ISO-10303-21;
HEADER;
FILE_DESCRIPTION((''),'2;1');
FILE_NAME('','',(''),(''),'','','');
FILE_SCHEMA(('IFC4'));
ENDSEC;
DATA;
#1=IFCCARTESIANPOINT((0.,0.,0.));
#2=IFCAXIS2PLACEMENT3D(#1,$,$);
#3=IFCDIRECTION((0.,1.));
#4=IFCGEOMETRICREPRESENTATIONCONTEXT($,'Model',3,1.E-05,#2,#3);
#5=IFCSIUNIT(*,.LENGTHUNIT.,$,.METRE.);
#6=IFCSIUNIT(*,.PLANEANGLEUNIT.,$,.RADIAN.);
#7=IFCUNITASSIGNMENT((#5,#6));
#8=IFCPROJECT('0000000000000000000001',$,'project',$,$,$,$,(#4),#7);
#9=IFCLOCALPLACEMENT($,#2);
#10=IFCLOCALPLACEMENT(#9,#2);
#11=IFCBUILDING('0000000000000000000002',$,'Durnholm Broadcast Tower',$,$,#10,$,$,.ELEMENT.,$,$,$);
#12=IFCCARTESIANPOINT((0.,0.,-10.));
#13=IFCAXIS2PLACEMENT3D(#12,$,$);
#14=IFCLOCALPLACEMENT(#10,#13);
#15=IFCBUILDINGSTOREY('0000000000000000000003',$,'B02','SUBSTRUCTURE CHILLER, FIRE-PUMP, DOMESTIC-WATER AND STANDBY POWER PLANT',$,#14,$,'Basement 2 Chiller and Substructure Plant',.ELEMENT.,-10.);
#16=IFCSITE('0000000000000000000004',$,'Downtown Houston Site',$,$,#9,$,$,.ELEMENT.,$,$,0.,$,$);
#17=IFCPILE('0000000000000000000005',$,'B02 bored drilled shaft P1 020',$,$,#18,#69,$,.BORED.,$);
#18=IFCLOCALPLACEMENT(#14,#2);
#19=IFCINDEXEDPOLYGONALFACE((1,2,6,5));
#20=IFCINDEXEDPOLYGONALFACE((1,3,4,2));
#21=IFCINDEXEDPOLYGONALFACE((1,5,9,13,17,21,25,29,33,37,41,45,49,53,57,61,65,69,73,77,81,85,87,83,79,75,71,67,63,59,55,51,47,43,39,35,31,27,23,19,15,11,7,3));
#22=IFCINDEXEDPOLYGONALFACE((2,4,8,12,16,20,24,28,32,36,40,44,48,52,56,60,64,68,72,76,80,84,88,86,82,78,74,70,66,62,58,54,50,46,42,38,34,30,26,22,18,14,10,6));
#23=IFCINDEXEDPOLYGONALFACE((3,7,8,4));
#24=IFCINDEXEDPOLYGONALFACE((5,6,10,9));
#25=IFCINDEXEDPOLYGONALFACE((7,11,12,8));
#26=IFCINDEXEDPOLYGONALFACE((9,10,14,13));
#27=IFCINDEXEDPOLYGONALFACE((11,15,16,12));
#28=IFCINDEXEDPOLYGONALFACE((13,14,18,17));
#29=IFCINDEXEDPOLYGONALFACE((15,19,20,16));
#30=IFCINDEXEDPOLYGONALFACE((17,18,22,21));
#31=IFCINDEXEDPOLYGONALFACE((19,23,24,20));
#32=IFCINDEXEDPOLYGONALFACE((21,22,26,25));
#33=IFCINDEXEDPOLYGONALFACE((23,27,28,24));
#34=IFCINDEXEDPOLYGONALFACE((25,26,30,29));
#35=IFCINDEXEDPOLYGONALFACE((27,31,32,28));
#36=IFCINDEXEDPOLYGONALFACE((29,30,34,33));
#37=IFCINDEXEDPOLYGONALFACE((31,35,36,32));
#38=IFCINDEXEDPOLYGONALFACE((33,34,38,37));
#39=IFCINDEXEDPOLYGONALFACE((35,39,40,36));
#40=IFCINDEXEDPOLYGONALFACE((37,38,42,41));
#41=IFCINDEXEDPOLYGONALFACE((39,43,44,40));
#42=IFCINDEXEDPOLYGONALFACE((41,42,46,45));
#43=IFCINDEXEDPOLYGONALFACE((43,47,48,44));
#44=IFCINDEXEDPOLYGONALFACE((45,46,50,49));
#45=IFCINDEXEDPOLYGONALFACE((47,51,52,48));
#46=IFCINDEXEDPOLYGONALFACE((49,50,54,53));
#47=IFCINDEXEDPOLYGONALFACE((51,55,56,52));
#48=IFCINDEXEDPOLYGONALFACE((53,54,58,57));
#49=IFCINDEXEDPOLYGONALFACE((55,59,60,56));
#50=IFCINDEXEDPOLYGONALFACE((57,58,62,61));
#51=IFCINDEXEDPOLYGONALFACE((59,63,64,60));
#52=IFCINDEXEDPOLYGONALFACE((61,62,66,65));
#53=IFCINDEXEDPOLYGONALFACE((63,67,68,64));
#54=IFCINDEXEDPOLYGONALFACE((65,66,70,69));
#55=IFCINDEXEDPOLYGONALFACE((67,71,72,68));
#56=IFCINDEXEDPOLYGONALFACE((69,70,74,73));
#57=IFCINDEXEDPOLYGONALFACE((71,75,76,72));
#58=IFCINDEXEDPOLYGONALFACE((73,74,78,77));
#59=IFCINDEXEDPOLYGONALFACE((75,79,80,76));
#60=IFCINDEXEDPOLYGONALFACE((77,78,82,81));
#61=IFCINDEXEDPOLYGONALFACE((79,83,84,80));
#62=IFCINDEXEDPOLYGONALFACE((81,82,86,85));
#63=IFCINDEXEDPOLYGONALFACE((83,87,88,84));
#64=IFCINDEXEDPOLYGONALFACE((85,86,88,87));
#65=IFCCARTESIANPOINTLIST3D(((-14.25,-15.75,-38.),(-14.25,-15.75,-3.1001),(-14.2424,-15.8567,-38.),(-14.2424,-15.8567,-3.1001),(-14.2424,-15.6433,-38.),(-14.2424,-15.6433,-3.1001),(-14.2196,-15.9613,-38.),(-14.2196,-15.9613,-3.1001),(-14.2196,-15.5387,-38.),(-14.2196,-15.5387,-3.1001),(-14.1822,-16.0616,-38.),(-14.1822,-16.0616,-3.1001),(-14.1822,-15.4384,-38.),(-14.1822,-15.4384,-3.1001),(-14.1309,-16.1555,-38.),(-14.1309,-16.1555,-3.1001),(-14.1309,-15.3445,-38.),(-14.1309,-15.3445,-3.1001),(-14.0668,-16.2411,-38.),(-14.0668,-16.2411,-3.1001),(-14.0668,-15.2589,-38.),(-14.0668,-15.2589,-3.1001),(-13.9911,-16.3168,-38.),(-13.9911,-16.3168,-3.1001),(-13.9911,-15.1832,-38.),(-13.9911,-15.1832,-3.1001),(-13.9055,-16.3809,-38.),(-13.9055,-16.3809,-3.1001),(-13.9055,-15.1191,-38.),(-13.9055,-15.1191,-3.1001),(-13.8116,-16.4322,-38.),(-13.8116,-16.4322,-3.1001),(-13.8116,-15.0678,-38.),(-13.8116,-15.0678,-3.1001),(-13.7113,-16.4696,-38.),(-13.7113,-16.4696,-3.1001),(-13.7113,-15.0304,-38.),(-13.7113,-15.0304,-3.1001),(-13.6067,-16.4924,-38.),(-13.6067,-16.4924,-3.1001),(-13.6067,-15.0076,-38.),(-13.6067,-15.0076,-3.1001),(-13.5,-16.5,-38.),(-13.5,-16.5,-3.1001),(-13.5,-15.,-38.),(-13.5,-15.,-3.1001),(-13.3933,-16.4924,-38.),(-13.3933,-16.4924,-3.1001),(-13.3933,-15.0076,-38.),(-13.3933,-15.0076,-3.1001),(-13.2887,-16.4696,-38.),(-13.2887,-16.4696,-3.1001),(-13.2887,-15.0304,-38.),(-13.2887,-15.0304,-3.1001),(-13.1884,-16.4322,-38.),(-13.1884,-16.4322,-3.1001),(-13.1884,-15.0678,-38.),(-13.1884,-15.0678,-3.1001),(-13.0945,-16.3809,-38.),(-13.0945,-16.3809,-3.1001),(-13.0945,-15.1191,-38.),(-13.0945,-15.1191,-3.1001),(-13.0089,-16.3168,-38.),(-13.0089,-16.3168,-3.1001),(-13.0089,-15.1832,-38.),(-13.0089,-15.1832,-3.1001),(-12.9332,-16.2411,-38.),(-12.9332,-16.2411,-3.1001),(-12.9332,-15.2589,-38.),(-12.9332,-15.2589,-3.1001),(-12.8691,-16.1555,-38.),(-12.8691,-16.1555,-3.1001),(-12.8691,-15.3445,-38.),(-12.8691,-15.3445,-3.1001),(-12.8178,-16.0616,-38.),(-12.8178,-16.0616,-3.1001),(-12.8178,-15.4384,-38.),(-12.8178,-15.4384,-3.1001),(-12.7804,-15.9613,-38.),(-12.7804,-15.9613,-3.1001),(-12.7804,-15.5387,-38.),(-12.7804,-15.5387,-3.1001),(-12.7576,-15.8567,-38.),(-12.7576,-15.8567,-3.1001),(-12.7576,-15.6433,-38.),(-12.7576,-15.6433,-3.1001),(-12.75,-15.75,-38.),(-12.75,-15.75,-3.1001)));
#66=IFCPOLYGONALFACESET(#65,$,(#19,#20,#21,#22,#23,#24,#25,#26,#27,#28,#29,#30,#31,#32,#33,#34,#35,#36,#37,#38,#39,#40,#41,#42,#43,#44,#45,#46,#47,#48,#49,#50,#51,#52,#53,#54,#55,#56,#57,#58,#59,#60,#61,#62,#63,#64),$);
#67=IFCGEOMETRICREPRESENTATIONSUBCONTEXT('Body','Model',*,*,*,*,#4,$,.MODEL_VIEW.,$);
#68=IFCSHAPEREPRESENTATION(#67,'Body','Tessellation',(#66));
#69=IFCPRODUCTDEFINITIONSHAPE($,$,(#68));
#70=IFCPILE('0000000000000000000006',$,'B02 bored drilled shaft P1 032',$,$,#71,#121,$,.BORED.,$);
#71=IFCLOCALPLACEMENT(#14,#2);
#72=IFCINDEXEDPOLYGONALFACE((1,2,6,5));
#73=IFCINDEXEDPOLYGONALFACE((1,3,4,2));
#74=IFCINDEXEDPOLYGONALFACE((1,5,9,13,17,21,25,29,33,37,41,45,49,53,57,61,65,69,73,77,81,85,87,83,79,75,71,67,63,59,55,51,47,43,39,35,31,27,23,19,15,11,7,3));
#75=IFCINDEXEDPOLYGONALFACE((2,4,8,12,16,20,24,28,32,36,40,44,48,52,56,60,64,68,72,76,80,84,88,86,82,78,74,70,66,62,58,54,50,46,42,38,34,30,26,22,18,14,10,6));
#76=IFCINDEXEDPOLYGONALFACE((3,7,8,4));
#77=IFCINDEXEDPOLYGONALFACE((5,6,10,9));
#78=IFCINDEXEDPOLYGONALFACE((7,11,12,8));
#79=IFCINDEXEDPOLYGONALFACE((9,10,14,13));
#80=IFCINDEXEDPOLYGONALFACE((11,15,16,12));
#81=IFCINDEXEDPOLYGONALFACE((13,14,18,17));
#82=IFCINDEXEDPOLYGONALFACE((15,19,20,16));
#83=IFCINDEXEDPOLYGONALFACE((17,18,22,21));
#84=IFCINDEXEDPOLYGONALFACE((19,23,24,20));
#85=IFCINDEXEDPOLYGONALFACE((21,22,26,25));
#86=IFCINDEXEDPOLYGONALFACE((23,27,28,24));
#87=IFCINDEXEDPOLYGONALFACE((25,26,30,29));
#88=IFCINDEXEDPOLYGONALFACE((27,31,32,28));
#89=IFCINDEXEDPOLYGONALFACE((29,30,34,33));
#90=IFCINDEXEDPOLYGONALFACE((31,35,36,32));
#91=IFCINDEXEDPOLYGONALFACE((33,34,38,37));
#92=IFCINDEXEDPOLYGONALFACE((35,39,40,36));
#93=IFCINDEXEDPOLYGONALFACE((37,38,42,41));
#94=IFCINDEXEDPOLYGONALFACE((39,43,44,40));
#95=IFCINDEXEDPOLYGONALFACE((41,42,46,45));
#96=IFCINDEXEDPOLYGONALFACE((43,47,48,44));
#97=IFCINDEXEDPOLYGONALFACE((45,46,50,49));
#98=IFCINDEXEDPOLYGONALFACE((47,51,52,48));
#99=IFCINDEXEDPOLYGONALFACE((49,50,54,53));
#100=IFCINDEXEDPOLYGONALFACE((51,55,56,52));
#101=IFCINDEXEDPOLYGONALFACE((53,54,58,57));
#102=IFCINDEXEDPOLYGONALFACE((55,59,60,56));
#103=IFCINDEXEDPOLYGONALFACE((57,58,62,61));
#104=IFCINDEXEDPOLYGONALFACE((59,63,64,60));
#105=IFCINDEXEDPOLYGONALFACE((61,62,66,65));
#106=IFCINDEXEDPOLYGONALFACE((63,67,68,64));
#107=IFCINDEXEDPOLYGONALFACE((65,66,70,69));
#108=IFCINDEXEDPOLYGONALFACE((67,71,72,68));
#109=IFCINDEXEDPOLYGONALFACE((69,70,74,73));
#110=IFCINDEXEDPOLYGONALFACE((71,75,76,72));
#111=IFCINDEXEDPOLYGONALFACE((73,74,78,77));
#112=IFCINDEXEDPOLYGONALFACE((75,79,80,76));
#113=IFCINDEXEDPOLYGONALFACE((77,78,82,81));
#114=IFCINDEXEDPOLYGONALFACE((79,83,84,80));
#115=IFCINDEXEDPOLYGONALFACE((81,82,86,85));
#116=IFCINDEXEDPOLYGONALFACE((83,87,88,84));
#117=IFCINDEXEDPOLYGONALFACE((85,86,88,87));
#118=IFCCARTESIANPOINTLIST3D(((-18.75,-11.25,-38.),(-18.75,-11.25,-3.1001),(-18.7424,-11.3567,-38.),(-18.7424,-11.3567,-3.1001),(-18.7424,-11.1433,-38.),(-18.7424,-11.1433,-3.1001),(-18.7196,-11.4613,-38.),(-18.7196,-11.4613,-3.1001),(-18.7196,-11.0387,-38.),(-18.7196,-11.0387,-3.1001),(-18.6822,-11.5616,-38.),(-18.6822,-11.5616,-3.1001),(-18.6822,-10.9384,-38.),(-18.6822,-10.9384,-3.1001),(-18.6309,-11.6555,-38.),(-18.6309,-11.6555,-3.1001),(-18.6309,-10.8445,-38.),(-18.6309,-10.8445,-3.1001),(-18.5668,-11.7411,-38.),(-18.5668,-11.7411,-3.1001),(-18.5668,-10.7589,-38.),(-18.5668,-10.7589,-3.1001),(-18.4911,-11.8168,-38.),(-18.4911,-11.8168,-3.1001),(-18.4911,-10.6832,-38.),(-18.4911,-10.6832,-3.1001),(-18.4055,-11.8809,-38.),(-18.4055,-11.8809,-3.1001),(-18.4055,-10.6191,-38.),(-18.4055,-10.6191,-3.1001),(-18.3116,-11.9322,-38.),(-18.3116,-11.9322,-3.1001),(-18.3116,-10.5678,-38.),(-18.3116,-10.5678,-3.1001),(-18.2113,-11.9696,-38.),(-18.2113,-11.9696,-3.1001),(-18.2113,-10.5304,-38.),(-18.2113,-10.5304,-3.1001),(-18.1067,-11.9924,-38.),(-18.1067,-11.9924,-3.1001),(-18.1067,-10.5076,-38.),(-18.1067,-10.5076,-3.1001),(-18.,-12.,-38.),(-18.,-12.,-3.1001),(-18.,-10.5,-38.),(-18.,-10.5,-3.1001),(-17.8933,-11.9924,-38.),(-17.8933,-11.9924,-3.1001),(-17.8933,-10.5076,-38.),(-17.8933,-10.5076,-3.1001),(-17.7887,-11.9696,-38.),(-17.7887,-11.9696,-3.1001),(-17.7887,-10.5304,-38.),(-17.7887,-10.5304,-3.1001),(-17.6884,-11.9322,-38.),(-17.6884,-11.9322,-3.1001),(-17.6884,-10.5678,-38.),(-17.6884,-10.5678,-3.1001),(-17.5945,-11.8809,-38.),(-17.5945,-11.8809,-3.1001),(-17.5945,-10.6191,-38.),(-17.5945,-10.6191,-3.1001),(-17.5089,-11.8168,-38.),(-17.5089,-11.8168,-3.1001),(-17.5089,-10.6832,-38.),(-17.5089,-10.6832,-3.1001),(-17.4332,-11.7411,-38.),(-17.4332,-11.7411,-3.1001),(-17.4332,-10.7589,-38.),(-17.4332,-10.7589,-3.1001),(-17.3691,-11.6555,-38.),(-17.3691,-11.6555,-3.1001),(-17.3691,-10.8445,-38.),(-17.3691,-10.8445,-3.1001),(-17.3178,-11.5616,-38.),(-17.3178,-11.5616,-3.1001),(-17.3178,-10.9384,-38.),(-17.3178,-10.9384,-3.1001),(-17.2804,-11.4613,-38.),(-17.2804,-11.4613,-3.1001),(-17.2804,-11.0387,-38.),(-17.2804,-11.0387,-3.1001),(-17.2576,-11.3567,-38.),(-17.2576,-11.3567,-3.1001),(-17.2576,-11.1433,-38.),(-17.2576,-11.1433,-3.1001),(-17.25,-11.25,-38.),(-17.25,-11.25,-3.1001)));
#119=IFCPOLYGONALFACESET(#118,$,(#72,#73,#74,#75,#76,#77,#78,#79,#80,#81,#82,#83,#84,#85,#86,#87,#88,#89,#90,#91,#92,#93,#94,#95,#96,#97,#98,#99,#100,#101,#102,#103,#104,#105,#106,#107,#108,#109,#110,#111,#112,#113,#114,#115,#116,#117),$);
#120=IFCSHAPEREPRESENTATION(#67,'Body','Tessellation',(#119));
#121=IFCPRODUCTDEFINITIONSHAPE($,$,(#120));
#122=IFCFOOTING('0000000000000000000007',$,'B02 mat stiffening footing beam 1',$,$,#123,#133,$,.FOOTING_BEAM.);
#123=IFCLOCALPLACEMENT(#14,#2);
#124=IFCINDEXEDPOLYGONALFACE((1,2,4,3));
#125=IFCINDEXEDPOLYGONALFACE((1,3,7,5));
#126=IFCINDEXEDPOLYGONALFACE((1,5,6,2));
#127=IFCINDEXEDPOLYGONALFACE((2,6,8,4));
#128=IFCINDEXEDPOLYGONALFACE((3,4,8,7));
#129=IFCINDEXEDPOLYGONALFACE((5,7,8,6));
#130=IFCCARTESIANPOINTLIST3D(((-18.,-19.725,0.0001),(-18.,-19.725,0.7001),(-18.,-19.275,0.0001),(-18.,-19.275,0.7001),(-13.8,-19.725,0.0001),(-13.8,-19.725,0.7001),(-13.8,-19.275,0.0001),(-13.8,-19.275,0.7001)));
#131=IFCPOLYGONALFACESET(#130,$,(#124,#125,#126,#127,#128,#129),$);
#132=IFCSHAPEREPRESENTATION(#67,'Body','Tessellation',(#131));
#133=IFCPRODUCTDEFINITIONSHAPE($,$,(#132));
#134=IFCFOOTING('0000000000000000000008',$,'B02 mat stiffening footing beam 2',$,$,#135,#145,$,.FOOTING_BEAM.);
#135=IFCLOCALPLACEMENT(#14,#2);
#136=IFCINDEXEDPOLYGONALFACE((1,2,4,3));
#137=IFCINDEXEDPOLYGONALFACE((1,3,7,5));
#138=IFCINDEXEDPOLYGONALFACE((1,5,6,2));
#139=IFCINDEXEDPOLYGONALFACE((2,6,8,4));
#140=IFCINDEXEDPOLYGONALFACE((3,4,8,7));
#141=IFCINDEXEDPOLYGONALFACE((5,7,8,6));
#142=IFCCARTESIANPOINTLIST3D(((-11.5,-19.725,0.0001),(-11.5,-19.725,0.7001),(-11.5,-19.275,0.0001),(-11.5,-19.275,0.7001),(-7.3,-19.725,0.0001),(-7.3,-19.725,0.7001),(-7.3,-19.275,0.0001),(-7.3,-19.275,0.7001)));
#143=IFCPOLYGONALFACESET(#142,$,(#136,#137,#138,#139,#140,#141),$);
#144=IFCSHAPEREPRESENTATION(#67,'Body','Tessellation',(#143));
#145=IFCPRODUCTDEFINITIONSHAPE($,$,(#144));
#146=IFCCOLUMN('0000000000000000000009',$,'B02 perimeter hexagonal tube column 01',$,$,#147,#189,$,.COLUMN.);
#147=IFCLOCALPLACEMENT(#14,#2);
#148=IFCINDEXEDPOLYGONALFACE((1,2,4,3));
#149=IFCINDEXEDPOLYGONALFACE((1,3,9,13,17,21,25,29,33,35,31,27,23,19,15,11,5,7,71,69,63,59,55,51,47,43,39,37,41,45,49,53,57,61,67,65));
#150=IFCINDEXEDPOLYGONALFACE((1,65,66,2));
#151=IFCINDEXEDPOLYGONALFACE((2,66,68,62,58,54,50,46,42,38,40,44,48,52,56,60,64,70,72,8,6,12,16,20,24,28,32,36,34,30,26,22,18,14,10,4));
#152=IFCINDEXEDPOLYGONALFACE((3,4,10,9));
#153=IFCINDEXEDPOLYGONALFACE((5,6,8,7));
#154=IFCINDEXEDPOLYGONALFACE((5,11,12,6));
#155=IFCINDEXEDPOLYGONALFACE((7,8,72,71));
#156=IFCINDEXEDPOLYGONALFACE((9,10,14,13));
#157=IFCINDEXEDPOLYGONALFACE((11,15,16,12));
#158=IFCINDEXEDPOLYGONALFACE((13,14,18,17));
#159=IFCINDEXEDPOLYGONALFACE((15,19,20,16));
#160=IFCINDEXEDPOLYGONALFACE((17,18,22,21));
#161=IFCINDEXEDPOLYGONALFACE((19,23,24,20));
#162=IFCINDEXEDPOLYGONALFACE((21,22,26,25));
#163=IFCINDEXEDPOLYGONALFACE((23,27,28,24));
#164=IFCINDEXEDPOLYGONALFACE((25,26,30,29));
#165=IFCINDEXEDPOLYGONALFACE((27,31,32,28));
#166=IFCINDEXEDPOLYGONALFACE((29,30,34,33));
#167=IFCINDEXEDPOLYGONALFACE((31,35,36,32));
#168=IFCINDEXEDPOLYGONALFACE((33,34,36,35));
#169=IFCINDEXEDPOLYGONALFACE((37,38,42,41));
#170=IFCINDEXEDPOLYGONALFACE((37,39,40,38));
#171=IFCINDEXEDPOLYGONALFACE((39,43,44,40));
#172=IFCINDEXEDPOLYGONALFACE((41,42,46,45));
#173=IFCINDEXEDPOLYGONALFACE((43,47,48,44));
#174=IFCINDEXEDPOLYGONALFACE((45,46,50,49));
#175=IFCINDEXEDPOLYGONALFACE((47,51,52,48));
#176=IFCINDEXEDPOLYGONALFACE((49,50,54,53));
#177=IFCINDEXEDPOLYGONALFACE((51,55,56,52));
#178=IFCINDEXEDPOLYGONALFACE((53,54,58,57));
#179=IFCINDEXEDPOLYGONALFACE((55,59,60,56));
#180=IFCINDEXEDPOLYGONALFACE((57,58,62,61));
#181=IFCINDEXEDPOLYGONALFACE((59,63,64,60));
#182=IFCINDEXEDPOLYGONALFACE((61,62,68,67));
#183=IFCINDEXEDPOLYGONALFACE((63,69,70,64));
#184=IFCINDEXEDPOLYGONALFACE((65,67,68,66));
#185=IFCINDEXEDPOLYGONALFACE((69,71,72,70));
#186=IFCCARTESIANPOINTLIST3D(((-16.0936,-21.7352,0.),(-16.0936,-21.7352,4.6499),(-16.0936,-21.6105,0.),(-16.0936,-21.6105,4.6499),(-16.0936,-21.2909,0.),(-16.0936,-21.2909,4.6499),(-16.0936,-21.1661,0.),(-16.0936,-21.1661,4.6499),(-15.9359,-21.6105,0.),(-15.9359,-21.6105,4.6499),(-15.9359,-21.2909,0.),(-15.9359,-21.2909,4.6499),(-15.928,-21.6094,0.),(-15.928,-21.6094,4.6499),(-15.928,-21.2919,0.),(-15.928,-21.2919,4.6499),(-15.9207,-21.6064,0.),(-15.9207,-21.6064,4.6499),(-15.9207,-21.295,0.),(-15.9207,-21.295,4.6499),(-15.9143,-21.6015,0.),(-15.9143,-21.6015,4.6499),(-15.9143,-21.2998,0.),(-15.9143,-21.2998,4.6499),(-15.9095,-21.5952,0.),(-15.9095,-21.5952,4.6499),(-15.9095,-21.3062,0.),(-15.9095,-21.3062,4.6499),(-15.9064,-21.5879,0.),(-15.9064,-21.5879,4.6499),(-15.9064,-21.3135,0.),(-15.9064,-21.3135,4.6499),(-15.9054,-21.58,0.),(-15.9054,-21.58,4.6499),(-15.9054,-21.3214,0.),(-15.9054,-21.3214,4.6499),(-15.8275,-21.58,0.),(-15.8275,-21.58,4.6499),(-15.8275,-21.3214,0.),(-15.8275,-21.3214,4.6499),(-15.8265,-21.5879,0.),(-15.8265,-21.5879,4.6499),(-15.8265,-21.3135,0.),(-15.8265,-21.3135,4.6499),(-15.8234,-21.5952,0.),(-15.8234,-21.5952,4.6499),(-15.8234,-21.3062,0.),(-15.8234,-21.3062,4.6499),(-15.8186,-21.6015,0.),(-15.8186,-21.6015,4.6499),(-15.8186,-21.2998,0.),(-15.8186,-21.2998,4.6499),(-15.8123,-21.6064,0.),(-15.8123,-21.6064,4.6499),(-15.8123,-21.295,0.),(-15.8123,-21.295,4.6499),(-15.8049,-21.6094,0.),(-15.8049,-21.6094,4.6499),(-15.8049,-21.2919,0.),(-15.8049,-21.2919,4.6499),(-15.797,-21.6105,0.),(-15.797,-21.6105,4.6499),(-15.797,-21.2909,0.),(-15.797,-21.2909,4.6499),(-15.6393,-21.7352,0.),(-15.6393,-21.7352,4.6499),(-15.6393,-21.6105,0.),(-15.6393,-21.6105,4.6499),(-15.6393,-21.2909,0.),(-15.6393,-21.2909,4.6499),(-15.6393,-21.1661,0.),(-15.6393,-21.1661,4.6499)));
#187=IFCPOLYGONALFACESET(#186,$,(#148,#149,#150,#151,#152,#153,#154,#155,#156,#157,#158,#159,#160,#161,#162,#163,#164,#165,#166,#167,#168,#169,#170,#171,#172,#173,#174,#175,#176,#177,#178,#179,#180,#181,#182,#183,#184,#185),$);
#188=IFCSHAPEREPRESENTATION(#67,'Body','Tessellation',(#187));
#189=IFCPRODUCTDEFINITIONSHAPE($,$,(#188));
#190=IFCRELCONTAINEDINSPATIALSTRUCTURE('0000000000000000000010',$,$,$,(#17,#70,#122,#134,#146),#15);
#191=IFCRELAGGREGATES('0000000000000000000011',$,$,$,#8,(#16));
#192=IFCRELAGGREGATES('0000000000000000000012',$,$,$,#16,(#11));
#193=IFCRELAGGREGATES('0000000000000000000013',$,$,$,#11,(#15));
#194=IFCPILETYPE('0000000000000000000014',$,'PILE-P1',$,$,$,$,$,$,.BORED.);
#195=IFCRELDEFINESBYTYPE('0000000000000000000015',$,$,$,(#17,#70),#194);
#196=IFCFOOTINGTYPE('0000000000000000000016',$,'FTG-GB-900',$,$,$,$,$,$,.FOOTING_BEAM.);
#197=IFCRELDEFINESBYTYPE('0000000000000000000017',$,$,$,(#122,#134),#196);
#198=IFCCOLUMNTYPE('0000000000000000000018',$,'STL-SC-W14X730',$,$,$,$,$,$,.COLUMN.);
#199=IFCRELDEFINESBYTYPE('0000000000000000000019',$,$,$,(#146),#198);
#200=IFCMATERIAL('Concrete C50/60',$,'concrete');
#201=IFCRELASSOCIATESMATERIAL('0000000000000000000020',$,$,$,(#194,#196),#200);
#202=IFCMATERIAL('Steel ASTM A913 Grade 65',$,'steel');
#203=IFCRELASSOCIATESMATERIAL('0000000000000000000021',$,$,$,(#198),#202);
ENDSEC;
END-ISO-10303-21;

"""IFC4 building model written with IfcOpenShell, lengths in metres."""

from ifc_helpers import new_model, si_unit, direction, frame, origin, origin_2d, place, context, subcontext, project, spatial, rectangle, circle, i_section, extrude, source, transform, mapped, material, material_profile, profile_set, type_object, type_shapes, element, save


model = new_model("IFC4")

# Units and contexts
model_context = context("Model", 3, precision=1e-05, world=origin(), true_north=direction((0.0, 1.0)))
body_context = subcontext(model_context, "Body", "Model", "MODEL_VIEW")
ifc_project = project(units=[si_unit("LENGTHUNIT", "METRE"), si_unit("PLANEANGLEUNIT", "RADIAN")], contexts=[model_context])

# Site, building, storey
site_placement = place(None, origin())
site = spatial("IfcSite", under=ifc_project, at=site_placement, Name="Downtown Houston Site", CompositionType="ELEMENT", RefElevation=0.0)
building_placement = place(site_placement, origin())
building = spatial("IfcBuilding", under=site, at=building_placement, Name="Durnholm Broadcast Tower", CompositionType="ELEMENT")
storey_placement = place(building_placement, frame((0.0, 0.0, -10.0)))
storey = spatial("IfcBuildingStorey", under=building, at=storey_placement, Name="B02", Description="SUBSTRUCTURE CHILLER, FIRE-PUMP, DOMESTIC-WATER AND STANDBY POWER PLANT", LongName="Basement 2 Chiller and Substructure Plant", CompositionType="ELEMENT", Elevation=-10.0)

# Piles
ifc_material_1 = material(Name="Concrete C50/60", Category="concrete")
ifc_material_profile_1 = material_profile(ifc_material_1, circle(Radius=0.75, at=origin_2d()), Name="PILE1500")
ifc_profile_set_1 = profile_set([ifc_material_profile_1], Name="Concrete C50/60")
pile_type_1 = type_object("IfcPileType", Name="PILE-P1", PredefinedType="BORED", material=ifc_profile_set_1)
shared_shape_1 = source(origin(), body_context, "Body", "SweptSolid", [
    extrude(circle(Radius=0.75, at=origin_2d()), origin(), (0.0, 0.0, 1.0), 34.8999),
])
type_shapes(pile_type_1, [shared_shape_1])
for number, where, z_axis, x_axis, name in (
    (1, (-13.5, -15.75, -3.1001), (0.0, 0.0, -1.0), (1.0, 0.0, 0.0), "B02 bored drilled shaft P1 020"),
    (2, (-18.0, -11.25, -3.1001), (0.0, 0.0, -1.0), (1.0, 0.0, 0.0), "B02 bored drilled shaft P1 032"),
):
    element("IfcPile", number, at=place(storey_placement, frame(where, z_axis=z_axis, x_axis=x_axis)), inside=storey, type_object=pile_type_1, Name=name, PredefinedType="BORED", context=body_context, shape_type="MappedRepresentation", body=[
        mapped(shared_shape_1, transform((0.0, 0.0, 0.0), x_axis=(1.0, 0.0, 0.0), y_axis=(0.0, 1.0, 0.0), z_axis=(0.0, 0.0, 1.0), scale=1.0)),
    ])

# Footings
ifc_material_profile_2 = material_profile(ifc_material_1, rectangle(XDim=0.45, YDim=0.7, at=origin_2d()), Name="RC700X450")
ifc_profile_set_2 = profile_set([ifc_material_profile_2], Name="Concrete C50/60")
footing_type = type_object("IfcFootingType", Name="FTG-GB-900", PredefinedType="FOOTING_BEAM", material=ifc_profile_set_2)
shared_shape_2 = source(origin(), body_context, "Body", "SweptSolid", [
    extrude(rectangle(XDim=0.45, YDim=0.7, at=origin_2d()), origin(), (0.0, 0.0, 1.0), 4.2),
])
type_shapes(footing_type, [shared_shape_2])
for number, where, z_axis, x_axis, name in (
    (3, (-18.0, -19.5, 0.3501), (1.0, 0.0, 0.0), (0.0, 1.0, 0.0), "B02 mat stiffening footing beam 1"),
    (4, (-11.5, -19.5, 0.3501), (1.0, 0.0, 0.0), (0.0, 1.0, 0.0), "B02 mat stiffening footing beam 2"),
):
    element("IfcFooting", number, at=place(storey_placement, frame(where, z_axis=z_axis, x_axis=x_axis)), inside=storey, type_object=footing_type, Name=name, PredefinedType="FOOTING_BEAM", context=body_context, shape_type="MappedRepresentation", body=[
        mapped(shared_shape_2, transform((0.0, 0.0, 0.0), x_axis=(1.0, 0.0, 0.0), y_axis=(0.0, 1.0, 0.0), z_axis=(0.0, 0.0, 1.0), scale=1.0)),
    ])

# Column
ifc_material_2 = material(Name="Steel ASTM A913 Grade 65", Category="steel")
ifc_material_profile_3 = material_profile(ifc_material_2, i_section(OverallWidth=0.4543, OverallDepth=0.5691, WebThickness=0.0779, FlangeThickness=0.1248, FilletRadius=0.0305, at=origin_2d()), Name="W14X730")
ifc_profile_set_3 = profile_set([ifc_material_profile_3], Name="Steel ASTM A913 Grade 65")
column_type = type_object("IfcColumnType", Name="STL-SC-W14X730", PredefinedType="COLUMN", material=ifc_profile_set_3)
shared_shape_3 = source(origin(), body_context, "Body", "SweptSolid", [
    extrude(i_section(OverallWidth=0.4543, OverallDepth=0.5691, WebThickness=0.0779, FlangeThickness=0.1248, FilletRadius=0.0305, at=origin_2d()), origin(), (0.0, 0.0, 1.0), 4.6499),
])
type_shapes(column_type, [shared_shape_3])
for number, where, z_axis, x_axis, name in (
    (5, (-15.8665, -21.4507, 0.0), (0.0, 0.0, 1.0), (1.0, 0.0, 0.0), "B02 perimeter hexagonal tube column 01"),
):
    element("IfcColumn", number, at=place(storey_placement, frame(where, z_axis=z_axis, x_axis=x_axis)), inside=storey, type_object=column_type, Name=name, PredefinedType="COLUMN", context=body_context, shape_type="MappedRepresentation", body=[
        mapped(shared_shape_3, transform((0.0, 0.0, 0.0), x_axis=(1.0, 0.0, 0.0), y_axis=(0.0, 1.0, 0.0), z_axis=(0.0, 0.0, 1.0), scale=1.0)),
    ])

save(model, "model.ifc")
